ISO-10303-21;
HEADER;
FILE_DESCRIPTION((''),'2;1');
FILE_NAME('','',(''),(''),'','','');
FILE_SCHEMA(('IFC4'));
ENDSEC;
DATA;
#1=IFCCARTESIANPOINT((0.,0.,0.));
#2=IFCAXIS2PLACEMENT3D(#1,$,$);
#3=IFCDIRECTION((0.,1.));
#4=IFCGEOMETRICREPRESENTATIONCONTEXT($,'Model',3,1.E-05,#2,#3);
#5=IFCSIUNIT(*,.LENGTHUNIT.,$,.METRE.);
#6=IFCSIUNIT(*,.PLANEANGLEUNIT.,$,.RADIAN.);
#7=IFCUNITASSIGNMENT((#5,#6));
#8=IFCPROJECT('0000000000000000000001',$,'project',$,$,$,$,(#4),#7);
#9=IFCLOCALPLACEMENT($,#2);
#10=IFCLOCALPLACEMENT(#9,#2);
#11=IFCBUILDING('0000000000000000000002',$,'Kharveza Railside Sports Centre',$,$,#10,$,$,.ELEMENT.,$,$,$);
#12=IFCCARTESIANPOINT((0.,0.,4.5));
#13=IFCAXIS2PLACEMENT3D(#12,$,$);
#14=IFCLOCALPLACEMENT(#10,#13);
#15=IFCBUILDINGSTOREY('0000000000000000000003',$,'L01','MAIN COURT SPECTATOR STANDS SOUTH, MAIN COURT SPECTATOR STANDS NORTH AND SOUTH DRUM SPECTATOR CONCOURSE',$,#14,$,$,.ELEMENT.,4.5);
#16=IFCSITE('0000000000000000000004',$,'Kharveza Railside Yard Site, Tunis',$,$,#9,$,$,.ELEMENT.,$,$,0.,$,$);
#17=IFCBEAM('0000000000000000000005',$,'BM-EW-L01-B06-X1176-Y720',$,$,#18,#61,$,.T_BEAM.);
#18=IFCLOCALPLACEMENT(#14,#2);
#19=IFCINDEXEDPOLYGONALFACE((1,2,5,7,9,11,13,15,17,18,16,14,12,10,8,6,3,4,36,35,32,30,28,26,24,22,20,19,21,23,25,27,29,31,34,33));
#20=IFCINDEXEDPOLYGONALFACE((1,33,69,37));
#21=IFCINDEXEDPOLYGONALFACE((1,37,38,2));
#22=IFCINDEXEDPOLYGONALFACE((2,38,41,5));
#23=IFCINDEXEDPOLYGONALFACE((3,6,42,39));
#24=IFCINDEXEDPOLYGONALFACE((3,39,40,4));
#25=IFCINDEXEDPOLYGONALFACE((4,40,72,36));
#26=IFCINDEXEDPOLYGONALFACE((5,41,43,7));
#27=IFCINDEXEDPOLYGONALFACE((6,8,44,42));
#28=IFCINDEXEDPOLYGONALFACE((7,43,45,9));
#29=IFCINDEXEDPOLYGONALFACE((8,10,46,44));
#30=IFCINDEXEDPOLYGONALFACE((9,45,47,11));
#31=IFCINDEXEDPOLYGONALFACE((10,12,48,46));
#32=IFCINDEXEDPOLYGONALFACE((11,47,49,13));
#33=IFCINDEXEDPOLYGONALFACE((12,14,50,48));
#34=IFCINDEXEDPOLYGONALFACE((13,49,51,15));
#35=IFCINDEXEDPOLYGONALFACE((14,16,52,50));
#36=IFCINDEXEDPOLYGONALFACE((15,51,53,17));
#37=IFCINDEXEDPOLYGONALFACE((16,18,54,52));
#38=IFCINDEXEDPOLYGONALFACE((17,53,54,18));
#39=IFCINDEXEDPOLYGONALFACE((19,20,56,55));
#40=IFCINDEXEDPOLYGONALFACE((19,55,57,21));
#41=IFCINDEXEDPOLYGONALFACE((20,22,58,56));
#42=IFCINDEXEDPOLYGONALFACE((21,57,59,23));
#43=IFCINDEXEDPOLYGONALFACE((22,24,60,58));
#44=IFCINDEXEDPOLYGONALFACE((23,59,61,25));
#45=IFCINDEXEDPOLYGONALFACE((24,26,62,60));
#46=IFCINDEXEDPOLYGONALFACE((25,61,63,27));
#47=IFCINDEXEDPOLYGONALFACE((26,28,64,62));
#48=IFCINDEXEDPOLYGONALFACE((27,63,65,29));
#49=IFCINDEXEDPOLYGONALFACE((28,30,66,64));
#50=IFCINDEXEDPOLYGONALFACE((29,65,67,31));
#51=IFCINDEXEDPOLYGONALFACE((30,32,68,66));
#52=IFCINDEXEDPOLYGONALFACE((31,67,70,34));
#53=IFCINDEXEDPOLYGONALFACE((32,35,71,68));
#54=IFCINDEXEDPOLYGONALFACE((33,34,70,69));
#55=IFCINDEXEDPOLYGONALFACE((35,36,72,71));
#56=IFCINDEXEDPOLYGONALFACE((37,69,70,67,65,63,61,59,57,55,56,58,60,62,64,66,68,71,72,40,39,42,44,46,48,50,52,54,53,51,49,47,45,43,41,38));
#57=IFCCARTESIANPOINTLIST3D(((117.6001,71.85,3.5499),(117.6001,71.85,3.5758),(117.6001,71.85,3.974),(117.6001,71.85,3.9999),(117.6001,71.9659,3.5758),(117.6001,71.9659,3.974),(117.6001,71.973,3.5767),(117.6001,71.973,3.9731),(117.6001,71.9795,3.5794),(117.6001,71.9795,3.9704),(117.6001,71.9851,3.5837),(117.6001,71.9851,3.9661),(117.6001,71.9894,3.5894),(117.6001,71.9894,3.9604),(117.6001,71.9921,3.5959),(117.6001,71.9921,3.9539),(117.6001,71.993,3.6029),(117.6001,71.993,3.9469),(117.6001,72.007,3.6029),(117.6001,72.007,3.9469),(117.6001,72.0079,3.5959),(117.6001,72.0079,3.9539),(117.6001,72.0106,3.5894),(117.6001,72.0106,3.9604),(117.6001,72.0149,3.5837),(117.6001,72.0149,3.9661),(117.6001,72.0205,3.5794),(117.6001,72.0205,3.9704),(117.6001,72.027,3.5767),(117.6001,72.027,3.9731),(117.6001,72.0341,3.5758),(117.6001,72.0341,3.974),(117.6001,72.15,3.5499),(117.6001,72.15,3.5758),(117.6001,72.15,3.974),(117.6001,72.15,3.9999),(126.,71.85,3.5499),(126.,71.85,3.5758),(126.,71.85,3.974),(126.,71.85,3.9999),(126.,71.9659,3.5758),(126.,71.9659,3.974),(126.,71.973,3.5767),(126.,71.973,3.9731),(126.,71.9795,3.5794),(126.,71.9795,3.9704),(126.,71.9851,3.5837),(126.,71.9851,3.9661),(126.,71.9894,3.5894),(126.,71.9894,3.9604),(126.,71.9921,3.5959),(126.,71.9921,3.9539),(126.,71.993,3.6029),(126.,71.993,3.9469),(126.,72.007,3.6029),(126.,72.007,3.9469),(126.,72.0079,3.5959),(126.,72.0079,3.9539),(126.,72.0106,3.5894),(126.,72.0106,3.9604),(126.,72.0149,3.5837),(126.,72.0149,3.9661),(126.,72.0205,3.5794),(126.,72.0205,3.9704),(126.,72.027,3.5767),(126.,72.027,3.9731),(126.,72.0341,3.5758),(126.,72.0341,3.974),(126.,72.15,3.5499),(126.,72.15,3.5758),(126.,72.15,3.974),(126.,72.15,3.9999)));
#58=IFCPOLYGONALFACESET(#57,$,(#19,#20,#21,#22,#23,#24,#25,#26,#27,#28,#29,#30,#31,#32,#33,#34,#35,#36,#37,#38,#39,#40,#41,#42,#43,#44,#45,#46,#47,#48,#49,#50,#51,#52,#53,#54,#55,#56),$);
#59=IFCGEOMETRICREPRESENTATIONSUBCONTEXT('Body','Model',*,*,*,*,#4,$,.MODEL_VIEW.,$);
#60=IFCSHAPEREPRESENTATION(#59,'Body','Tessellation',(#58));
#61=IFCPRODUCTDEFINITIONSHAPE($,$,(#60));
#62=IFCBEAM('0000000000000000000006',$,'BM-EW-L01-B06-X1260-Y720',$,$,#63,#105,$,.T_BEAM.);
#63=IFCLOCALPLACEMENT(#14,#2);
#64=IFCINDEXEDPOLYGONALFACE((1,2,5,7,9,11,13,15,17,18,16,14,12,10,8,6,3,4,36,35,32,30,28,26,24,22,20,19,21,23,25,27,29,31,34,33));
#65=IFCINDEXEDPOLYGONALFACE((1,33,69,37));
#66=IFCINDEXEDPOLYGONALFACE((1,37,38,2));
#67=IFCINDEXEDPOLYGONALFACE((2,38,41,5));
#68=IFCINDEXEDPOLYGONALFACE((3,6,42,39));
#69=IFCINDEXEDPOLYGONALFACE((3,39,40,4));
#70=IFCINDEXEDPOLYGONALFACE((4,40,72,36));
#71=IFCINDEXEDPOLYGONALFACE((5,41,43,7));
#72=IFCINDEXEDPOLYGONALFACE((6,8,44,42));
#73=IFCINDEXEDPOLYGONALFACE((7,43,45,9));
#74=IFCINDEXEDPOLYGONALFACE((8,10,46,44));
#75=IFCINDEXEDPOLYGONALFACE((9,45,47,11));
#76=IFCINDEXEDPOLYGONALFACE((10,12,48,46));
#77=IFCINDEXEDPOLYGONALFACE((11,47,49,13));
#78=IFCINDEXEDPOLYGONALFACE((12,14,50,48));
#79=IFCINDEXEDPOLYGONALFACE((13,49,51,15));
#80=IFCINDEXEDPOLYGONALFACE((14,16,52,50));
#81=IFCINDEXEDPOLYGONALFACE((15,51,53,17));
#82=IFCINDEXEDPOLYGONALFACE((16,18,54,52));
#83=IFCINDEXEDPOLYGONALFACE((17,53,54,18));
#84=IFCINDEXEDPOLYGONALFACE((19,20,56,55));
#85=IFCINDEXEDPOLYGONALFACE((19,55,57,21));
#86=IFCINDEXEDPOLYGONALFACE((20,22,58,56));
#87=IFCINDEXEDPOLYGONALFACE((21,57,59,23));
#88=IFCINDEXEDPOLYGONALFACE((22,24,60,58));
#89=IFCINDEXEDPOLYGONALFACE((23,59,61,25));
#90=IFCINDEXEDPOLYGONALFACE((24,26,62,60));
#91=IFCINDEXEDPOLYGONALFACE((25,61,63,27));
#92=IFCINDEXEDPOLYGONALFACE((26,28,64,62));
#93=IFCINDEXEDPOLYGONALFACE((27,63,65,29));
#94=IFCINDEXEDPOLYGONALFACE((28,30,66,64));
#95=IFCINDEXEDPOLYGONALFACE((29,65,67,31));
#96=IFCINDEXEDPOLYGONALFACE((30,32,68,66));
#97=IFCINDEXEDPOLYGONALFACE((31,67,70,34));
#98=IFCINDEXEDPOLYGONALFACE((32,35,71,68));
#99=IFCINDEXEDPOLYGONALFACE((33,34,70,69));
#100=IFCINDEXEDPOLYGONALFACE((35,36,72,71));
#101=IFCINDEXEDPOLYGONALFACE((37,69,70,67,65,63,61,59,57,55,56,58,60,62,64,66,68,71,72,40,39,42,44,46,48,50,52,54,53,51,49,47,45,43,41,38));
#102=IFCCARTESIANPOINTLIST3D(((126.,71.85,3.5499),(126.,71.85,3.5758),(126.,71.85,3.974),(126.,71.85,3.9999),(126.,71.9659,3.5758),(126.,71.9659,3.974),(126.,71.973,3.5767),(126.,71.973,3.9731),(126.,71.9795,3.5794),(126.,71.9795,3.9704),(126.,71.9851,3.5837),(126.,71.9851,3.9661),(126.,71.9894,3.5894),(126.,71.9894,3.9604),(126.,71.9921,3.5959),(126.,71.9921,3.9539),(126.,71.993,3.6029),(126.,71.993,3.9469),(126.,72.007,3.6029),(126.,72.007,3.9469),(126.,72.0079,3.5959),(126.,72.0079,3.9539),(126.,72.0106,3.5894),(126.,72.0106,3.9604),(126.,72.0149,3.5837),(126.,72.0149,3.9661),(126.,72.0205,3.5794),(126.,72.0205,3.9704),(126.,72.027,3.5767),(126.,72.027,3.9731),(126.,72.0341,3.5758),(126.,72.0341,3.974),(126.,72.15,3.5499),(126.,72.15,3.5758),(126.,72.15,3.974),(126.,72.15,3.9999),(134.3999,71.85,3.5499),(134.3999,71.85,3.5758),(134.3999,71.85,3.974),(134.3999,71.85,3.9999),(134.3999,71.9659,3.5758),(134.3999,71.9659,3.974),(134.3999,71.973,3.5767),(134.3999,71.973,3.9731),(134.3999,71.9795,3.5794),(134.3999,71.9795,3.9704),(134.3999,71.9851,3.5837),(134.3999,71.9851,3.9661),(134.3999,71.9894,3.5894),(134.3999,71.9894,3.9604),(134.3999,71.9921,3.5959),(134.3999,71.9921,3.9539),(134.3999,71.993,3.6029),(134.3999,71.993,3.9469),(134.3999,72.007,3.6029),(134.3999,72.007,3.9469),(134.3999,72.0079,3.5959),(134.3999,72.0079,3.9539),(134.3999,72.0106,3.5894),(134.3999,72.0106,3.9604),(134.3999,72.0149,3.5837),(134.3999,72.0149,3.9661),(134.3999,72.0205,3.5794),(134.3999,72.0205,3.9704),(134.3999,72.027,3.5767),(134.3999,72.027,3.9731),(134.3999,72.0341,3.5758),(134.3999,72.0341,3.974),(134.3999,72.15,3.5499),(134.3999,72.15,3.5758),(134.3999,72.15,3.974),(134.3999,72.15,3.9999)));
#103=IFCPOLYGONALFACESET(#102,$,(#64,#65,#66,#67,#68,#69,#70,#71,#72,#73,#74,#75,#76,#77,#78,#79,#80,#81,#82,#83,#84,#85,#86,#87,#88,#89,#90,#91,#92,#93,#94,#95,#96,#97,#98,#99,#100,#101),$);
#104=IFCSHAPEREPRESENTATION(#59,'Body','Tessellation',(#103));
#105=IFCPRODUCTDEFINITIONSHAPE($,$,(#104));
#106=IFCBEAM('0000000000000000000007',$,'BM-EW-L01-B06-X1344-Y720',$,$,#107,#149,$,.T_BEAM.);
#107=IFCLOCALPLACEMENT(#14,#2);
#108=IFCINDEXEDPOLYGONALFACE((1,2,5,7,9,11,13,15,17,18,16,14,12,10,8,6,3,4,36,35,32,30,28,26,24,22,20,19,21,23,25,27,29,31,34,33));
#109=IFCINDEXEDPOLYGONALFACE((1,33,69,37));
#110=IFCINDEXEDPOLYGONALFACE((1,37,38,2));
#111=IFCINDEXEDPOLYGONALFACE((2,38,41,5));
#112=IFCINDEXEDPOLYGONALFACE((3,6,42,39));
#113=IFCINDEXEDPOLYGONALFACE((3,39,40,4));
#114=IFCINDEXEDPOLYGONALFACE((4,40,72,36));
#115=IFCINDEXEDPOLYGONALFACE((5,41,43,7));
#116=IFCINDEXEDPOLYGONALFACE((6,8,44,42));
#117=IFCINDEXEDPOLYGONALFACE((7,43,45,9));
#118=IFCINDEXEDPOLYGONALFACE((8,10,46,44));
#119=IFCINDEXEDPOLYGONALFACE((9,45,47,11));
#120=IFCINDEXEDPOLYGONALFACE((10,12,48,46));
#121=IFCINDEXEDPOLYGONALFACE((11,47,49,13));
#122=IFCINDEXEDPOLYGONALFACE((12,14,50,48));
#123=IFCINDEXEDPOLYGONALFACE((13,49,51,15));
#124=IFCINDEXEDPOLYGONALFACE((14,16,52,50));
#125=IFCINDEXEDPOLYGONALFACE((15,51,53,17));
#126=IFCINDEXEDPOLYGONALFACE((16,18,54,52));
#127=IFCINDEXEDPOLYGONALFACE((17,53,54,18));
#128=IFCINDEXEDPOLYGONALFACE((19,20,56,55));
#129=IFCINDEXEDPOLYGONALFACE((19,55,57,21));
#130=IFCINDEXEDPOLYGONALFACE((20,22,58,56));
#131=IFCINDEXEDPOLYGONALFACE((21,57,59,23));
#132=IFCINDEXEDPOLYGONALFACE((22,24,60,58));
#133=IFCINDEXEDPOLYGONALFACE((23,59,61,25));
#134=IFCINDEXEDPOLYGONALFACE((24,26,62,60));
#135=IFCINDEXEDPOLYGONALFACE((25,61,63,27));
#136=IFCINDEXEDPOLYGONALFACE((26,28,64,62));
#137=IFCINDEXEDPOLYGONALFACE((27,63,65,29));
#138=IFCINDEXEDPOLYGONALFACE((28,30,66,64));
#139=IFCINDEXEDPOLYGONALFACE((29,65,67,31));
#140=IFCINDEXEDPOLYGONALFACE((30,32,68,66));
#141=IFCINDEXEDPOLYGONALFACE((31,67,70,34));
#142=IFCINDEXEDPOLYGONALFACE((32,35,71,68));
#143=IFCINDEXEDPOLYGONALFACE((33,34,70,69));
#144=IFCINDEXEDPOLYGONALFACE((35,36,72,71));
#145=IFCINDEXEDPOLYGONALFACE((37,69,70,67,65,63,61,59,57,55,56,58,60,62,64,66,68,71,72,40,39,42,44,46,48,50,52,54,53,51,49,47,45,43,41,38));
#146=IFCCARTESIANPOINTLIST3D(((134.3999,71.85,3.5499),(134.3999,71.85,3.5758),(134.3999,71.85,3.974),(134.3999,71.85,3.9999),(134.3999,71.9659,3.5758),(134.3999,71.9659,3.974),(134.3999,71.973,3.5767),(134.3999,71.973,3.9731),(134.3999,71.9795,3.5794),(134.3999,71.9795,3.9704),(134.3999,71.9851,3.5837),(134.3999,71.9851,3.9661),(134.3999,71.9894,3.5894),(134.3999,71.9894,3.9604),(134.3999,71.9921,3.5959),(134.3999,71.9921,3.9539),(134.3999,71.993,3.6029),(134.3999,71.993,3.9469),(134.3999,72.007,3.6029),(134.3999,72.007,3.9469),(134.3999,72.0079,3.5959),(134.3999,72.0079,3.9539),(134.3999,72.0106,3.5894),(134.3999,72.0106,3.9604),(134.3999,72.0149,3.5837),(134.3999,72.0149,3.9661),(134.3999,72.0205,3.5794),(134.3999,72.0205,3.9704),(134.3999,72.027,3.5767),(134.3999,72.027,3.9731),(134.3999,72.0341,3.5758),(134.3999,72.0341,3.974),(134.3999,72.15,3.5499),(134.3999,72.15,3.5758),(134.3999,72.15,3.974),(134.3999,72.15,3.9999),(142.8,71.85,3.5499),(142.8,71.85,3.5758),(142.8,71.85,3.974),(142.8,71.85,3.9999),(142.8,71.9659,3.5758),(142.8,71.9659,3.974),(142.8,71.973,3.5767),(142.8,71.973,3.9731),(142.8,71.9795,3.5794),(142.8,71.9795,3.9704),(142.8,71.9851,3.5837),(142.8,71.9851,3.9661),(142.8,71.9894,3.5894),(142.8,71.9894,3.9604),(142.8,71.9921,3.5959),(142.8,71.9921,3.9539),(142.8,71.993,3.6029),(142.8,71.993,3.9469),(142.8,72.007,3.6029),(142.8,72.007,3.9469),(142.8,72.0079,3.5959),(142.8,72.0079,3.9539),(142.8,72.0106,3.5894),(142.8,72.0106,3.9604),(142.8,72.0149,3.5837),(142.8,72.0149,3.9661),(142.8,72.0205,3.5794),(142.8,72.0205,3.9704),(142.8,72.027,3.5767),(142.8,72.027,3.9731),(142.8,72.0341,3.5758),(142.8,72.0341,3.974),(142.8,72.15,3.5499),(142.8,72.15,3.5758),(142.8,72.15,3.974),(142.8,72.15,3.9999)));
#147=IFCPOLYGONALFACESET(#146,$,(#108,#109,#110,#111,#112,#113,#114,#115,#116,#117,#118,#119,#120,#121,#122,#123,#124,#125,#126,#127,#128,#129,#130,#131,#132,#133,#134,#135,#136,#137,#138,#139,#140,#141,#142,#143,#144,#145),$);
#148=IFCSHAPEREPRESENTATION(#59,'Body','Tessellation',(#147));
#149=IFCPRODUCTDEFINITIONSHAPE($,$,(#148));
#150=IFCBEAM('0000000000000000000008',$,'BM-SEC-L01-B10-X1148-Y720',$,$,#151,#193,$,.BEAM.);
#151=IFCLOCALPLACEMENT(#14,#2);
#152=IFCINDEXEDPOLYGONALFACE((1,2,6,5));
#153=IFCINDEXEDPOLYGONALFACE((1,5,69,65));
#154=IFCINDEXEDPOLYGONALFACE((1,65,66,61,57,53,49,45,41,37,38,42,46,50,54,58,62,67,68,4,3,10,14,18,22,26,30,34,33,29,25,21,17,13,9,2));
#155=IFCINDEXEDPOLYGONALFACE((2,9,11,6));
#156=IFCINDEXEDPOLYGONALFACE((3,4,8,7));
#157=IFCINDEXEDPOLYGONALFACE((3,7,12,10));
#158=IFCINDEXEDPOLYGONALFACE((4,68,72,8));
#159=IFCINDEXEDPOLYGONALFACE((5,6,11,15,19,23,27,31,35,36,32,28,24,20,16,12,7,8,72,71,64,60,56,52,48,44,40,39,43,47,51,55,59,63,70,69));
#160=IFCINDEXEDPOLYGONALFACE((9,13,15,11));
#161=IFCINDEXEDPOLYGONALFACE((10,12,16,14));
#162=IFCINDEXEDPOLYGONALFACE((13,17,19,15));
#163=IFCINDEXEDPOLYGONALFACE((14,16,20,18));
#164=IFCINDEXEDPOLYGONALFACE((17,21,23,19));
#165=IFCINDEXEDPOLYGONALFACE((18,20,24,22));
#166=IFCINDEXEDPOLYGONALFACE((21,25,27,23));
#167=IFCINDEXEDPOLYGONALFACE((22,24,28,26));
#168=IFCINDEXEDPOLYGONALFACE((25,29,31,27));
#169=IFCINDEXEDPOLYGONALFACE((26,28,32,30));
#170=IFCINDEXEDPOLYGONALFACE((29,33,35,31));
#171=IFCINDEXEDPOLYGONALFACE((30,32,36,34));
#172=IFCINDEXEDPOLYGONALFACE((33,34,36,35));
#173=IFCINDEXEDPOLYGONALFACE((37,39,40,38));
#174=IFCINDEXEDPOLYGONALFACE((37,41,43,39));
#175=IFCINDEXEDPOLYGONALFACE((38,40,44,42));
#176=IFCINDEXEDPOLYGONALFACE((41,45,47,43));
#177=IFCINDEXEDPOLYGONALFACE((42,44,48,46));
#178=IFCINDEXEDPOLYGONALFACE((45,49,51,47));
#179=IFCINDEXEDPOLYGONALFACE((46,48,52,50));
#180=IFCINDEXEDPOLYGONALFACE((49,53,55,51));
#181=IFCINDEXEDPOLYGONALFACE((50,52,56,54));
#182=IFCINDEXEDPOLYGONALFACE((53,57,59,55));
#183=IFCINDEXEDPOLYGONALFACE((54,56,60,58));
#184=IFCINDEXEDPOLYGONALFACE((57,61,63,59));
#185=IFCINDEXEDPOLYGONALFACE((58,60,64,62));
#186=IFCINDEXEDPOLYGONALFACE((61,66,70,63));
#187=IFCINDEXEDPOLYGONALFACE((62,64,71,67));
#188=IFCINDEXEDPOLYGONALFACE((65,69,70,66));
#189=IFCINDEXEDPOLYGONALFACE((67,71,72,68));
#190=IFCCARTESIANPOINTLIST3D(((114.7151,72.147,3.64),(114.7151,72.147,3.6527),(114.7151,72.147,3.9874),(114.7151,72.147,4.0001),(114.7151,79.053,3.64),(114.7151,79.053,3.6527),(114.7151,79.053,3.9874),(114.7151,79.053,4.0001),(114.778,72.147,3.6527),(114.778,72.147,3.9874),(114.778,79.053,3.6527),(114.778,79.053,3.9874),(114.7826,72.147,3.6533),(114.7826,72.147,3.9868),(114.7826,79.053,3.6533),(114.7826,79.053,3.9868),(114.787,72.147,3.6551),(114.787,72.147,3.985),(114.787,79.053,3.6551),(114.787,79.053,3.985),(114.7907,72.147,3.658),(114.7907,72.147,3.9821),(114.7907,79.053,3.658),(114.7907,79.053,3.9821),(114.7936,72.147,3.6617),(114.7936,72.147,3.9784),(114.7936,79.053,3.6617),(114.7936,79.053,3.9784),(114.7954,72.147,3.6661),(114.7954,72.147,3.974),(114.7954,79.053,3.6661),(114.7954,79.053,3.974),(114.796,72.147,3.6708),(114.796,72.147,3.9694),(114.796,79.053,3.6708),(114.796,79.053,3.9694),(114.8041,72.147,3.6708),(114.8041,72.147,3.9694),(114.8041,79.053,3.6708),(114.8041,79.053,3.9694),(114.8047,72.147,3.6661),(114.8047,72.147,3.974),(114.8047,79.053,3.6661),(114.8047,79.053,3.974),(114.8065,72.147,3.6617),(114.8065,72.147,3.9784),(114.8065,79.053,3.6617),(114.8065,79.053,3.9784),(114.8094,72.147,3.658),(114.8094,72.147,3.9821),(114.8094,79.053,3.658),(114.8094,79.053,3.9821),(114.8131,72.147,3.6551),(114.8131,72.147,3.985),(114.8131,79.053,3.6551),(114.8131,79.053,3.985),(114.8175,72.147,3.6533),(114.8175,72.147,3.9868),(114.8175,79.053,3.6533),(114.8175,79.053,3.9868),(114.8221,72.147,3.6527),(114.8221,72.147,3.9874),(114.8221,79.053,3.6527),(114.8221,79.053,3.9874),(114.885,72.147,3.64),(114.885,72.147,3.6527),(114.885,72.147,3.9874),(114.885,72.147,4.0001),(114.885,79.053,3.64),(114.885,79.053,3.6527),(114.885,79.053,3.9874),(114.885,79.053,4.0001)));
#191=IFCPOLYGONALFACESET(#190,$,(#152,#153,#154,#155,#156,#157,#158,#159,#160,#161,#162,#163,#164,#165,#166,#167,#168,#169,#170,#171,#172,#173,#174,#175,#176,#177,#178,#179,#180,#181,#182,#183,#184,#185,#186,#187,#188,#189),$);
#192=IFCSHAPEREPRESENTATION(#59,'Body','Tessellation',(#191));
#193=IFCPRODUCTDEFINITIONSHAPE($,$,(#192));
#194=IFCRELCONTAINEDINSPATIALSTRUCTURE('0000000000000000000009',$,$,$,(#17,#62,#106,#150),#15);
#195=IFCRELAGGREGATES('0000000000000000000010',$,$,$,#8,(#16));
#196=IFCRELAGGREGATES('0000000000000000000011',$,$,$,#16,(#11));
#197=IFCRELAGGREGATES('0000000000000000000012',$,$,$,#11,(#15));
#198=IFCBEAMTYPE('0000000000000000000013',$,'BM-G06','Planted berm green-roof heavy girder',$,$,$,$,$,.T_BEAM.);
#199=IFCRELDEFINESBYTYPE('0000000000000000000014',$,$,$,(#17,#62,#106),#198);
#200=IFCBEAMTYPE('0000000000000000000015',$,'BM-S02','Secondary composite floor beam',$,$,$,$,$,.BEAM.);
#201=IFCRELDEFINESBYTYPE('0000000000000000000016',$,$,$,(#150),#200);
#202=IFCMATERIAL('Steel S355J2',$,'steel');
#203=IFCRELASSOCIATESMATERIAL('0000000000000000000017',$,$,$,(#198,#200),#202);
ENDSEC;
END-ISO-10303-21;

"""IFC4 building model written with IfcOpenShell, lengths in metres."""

from ifc_helpers import new_model, si_unit, direction, frame, origin, origin_2d, place, context, subcontext, project, spatial, i_section, extrude, material, material_profile, profile_set, type_object, element, save


model = new_model("IFC4")

# Units and contexts
model_context = context("Model", 3, precision=1e-05, world=origin(), true_north=direction((0.0, 1.0)))
body_context = subcontext(model_context, "Body", "Model", "MODEL_VIEW")
ifc_project = project(units=[si_unit("LENGTHUNIT", "METRE"), si_unit("PLANEANGLEUNIT", "RADIAN")], contexts=[model_context])

# Site, building, storey
site_placement = place(None, origin())
site = spatial("IfcSite", under=ifc_project, at=site_placement, Name="Kharveza Railside Yard Site, Tunis", CompositionType="ELEMENT", RefElevation=0.0)
building_placement = place(site_placement, origin())
building = spatial("IfcBuilding", under=site, at=building_placement, Name="Kharveza Railside Sports Centre", CompositionType="ELEMENT")
storey_placement = place(building_placement, frame((0.0, 0.0, 4.5)))
storey = spatial("IfcBuildingStorey", under=building, at=storey_placement, Name="L01", Description="MAIN COURT SPECTATOR STANDS SOUTH, MAIN COURT SPECTATOR STANDS NORTH AND SOUTH DRUM SPECTATOR CONCOURSE", CompositionType="ELEMENT", Elevation=4.5)

# Shared definitions
ifc_material_1 = material(Name="Steel S355J2", Category="steel")

# Beams
ifc_material_profile_1 = material_profile(ifc_material_1, i_section(OverallWidth=0.3, OverallDepth=0.45, WebThickness=0.0139, FlangeThickness=0.0259, FilletRadius=0.0271, at=origin_2d()), Name="HEB 450")
ifc_profile_set_1 = profile_set([ifc_material_profile_1], Name="Steel S355J2")
beam_type_1 = type_object("IfcBeamType", Name="BM-G06", Description="Planted berm green-roof heavy girder", PredefinedType="T_BEAM", material=ifc_profile_set_1)
for number, where, z_axis, x_axis, name in (
    (1, (117.6001, 72.0, 3.7749), (1.0, 0.0, 0.0), (0.0, 1.0, 0.0), "BM-EW-L01-B06-X1176-Y720"),
    (2, (126.0, 72.0, 3.7749), (1.0, 0.0, 0.0), (0.0, 1.0, 0.0), "BM-EW-L01-B06-X1260-Y720"),
):
    element("IfcBeam", number, at=place(storey_placement, frame(where, z_axis=z_axis, x_axis=x_axis)), inside=storey, type_object=beam_type_1, Name=name, PredefinedType="T_BEAM", context=body_context, shape_type="SweptSolid", body=[
        extrude(i_section(OverallWidth=0.3, OverallDepth=0.45, WebThickness=0.0139, FlangeThickness=0.0259, FilletRadius=0.0271, at=origin_2d()), origin(), (0.0, 0.0, 1.0), 8.3999),
    ])
beam_1_placement = place(storey_placement, frame((134.3999, 72.0, 3.7749), z_axis=(1.0, 0.0, 0.0), x_axis=(0.0, 1.0, 0.0)))
element("IfcBeam", 3, at=beam_1_placement, inside=storey, type_object=beam_type_1, Name="BM-EW-L01-B06-X1344-Y720", PredefinedType="T_BEAM", context=body_context, shape_type="SweptSolid", body=[
    extrude(i_section(OverallWidth=0.3, OverallDepth=0.45, WebThickness=0.0139, FlangeThickness=0.0259, FilletRadius=0.0271, at=origin_2d()), origin(), (0.0, 0.0, 1.0), 8.4001),
])
ifc_material_profile_2 = material_profile(ifc_material_1, i_section(OverallWidth=0.1699, OverallDepth=0.3601, WebThickness=0.0081, FlangeThickness=0.0127, FilletRadius=0.0181, at=origin_2d()), Name="IPE 360")
ifc_profile_set_2 = profile_set([ifc_material_profile_2], Name="Steel S355J2")
beam_type_2 = type_object("IfcBeamType", Name="BM-S02", Description="Secondary composite floor beam", PredefinedType="BEAM", material=ifc_profile_set_2)
beam_2_placement = place(storey_placement, frame((114.8, 72.147, 3.8201), z_axis=(0.0, 1.0, 0.0), x_axis=(-1.0, 0.0, 0.0)))
element("IfcBeam", 4, at=beam_2_placement, inside=storey, type_object=beam_type_2, Name="BM-SEC-L01-B10-X1148-Y720", PredefinedType="BEAM", context=body_context, shape_type="SweptSolid", body=[
    extrude(i_section(OverallWidth=0.1699, OverallDepth=0.3601, WebThickness=0.0081, FlangeThickness=0.0127, FilletRadius=0.0181, at=origin_2d()), origin(), (0.0, 0.0, 1.0), 6.906),
])

save(model, "model.ifc")
